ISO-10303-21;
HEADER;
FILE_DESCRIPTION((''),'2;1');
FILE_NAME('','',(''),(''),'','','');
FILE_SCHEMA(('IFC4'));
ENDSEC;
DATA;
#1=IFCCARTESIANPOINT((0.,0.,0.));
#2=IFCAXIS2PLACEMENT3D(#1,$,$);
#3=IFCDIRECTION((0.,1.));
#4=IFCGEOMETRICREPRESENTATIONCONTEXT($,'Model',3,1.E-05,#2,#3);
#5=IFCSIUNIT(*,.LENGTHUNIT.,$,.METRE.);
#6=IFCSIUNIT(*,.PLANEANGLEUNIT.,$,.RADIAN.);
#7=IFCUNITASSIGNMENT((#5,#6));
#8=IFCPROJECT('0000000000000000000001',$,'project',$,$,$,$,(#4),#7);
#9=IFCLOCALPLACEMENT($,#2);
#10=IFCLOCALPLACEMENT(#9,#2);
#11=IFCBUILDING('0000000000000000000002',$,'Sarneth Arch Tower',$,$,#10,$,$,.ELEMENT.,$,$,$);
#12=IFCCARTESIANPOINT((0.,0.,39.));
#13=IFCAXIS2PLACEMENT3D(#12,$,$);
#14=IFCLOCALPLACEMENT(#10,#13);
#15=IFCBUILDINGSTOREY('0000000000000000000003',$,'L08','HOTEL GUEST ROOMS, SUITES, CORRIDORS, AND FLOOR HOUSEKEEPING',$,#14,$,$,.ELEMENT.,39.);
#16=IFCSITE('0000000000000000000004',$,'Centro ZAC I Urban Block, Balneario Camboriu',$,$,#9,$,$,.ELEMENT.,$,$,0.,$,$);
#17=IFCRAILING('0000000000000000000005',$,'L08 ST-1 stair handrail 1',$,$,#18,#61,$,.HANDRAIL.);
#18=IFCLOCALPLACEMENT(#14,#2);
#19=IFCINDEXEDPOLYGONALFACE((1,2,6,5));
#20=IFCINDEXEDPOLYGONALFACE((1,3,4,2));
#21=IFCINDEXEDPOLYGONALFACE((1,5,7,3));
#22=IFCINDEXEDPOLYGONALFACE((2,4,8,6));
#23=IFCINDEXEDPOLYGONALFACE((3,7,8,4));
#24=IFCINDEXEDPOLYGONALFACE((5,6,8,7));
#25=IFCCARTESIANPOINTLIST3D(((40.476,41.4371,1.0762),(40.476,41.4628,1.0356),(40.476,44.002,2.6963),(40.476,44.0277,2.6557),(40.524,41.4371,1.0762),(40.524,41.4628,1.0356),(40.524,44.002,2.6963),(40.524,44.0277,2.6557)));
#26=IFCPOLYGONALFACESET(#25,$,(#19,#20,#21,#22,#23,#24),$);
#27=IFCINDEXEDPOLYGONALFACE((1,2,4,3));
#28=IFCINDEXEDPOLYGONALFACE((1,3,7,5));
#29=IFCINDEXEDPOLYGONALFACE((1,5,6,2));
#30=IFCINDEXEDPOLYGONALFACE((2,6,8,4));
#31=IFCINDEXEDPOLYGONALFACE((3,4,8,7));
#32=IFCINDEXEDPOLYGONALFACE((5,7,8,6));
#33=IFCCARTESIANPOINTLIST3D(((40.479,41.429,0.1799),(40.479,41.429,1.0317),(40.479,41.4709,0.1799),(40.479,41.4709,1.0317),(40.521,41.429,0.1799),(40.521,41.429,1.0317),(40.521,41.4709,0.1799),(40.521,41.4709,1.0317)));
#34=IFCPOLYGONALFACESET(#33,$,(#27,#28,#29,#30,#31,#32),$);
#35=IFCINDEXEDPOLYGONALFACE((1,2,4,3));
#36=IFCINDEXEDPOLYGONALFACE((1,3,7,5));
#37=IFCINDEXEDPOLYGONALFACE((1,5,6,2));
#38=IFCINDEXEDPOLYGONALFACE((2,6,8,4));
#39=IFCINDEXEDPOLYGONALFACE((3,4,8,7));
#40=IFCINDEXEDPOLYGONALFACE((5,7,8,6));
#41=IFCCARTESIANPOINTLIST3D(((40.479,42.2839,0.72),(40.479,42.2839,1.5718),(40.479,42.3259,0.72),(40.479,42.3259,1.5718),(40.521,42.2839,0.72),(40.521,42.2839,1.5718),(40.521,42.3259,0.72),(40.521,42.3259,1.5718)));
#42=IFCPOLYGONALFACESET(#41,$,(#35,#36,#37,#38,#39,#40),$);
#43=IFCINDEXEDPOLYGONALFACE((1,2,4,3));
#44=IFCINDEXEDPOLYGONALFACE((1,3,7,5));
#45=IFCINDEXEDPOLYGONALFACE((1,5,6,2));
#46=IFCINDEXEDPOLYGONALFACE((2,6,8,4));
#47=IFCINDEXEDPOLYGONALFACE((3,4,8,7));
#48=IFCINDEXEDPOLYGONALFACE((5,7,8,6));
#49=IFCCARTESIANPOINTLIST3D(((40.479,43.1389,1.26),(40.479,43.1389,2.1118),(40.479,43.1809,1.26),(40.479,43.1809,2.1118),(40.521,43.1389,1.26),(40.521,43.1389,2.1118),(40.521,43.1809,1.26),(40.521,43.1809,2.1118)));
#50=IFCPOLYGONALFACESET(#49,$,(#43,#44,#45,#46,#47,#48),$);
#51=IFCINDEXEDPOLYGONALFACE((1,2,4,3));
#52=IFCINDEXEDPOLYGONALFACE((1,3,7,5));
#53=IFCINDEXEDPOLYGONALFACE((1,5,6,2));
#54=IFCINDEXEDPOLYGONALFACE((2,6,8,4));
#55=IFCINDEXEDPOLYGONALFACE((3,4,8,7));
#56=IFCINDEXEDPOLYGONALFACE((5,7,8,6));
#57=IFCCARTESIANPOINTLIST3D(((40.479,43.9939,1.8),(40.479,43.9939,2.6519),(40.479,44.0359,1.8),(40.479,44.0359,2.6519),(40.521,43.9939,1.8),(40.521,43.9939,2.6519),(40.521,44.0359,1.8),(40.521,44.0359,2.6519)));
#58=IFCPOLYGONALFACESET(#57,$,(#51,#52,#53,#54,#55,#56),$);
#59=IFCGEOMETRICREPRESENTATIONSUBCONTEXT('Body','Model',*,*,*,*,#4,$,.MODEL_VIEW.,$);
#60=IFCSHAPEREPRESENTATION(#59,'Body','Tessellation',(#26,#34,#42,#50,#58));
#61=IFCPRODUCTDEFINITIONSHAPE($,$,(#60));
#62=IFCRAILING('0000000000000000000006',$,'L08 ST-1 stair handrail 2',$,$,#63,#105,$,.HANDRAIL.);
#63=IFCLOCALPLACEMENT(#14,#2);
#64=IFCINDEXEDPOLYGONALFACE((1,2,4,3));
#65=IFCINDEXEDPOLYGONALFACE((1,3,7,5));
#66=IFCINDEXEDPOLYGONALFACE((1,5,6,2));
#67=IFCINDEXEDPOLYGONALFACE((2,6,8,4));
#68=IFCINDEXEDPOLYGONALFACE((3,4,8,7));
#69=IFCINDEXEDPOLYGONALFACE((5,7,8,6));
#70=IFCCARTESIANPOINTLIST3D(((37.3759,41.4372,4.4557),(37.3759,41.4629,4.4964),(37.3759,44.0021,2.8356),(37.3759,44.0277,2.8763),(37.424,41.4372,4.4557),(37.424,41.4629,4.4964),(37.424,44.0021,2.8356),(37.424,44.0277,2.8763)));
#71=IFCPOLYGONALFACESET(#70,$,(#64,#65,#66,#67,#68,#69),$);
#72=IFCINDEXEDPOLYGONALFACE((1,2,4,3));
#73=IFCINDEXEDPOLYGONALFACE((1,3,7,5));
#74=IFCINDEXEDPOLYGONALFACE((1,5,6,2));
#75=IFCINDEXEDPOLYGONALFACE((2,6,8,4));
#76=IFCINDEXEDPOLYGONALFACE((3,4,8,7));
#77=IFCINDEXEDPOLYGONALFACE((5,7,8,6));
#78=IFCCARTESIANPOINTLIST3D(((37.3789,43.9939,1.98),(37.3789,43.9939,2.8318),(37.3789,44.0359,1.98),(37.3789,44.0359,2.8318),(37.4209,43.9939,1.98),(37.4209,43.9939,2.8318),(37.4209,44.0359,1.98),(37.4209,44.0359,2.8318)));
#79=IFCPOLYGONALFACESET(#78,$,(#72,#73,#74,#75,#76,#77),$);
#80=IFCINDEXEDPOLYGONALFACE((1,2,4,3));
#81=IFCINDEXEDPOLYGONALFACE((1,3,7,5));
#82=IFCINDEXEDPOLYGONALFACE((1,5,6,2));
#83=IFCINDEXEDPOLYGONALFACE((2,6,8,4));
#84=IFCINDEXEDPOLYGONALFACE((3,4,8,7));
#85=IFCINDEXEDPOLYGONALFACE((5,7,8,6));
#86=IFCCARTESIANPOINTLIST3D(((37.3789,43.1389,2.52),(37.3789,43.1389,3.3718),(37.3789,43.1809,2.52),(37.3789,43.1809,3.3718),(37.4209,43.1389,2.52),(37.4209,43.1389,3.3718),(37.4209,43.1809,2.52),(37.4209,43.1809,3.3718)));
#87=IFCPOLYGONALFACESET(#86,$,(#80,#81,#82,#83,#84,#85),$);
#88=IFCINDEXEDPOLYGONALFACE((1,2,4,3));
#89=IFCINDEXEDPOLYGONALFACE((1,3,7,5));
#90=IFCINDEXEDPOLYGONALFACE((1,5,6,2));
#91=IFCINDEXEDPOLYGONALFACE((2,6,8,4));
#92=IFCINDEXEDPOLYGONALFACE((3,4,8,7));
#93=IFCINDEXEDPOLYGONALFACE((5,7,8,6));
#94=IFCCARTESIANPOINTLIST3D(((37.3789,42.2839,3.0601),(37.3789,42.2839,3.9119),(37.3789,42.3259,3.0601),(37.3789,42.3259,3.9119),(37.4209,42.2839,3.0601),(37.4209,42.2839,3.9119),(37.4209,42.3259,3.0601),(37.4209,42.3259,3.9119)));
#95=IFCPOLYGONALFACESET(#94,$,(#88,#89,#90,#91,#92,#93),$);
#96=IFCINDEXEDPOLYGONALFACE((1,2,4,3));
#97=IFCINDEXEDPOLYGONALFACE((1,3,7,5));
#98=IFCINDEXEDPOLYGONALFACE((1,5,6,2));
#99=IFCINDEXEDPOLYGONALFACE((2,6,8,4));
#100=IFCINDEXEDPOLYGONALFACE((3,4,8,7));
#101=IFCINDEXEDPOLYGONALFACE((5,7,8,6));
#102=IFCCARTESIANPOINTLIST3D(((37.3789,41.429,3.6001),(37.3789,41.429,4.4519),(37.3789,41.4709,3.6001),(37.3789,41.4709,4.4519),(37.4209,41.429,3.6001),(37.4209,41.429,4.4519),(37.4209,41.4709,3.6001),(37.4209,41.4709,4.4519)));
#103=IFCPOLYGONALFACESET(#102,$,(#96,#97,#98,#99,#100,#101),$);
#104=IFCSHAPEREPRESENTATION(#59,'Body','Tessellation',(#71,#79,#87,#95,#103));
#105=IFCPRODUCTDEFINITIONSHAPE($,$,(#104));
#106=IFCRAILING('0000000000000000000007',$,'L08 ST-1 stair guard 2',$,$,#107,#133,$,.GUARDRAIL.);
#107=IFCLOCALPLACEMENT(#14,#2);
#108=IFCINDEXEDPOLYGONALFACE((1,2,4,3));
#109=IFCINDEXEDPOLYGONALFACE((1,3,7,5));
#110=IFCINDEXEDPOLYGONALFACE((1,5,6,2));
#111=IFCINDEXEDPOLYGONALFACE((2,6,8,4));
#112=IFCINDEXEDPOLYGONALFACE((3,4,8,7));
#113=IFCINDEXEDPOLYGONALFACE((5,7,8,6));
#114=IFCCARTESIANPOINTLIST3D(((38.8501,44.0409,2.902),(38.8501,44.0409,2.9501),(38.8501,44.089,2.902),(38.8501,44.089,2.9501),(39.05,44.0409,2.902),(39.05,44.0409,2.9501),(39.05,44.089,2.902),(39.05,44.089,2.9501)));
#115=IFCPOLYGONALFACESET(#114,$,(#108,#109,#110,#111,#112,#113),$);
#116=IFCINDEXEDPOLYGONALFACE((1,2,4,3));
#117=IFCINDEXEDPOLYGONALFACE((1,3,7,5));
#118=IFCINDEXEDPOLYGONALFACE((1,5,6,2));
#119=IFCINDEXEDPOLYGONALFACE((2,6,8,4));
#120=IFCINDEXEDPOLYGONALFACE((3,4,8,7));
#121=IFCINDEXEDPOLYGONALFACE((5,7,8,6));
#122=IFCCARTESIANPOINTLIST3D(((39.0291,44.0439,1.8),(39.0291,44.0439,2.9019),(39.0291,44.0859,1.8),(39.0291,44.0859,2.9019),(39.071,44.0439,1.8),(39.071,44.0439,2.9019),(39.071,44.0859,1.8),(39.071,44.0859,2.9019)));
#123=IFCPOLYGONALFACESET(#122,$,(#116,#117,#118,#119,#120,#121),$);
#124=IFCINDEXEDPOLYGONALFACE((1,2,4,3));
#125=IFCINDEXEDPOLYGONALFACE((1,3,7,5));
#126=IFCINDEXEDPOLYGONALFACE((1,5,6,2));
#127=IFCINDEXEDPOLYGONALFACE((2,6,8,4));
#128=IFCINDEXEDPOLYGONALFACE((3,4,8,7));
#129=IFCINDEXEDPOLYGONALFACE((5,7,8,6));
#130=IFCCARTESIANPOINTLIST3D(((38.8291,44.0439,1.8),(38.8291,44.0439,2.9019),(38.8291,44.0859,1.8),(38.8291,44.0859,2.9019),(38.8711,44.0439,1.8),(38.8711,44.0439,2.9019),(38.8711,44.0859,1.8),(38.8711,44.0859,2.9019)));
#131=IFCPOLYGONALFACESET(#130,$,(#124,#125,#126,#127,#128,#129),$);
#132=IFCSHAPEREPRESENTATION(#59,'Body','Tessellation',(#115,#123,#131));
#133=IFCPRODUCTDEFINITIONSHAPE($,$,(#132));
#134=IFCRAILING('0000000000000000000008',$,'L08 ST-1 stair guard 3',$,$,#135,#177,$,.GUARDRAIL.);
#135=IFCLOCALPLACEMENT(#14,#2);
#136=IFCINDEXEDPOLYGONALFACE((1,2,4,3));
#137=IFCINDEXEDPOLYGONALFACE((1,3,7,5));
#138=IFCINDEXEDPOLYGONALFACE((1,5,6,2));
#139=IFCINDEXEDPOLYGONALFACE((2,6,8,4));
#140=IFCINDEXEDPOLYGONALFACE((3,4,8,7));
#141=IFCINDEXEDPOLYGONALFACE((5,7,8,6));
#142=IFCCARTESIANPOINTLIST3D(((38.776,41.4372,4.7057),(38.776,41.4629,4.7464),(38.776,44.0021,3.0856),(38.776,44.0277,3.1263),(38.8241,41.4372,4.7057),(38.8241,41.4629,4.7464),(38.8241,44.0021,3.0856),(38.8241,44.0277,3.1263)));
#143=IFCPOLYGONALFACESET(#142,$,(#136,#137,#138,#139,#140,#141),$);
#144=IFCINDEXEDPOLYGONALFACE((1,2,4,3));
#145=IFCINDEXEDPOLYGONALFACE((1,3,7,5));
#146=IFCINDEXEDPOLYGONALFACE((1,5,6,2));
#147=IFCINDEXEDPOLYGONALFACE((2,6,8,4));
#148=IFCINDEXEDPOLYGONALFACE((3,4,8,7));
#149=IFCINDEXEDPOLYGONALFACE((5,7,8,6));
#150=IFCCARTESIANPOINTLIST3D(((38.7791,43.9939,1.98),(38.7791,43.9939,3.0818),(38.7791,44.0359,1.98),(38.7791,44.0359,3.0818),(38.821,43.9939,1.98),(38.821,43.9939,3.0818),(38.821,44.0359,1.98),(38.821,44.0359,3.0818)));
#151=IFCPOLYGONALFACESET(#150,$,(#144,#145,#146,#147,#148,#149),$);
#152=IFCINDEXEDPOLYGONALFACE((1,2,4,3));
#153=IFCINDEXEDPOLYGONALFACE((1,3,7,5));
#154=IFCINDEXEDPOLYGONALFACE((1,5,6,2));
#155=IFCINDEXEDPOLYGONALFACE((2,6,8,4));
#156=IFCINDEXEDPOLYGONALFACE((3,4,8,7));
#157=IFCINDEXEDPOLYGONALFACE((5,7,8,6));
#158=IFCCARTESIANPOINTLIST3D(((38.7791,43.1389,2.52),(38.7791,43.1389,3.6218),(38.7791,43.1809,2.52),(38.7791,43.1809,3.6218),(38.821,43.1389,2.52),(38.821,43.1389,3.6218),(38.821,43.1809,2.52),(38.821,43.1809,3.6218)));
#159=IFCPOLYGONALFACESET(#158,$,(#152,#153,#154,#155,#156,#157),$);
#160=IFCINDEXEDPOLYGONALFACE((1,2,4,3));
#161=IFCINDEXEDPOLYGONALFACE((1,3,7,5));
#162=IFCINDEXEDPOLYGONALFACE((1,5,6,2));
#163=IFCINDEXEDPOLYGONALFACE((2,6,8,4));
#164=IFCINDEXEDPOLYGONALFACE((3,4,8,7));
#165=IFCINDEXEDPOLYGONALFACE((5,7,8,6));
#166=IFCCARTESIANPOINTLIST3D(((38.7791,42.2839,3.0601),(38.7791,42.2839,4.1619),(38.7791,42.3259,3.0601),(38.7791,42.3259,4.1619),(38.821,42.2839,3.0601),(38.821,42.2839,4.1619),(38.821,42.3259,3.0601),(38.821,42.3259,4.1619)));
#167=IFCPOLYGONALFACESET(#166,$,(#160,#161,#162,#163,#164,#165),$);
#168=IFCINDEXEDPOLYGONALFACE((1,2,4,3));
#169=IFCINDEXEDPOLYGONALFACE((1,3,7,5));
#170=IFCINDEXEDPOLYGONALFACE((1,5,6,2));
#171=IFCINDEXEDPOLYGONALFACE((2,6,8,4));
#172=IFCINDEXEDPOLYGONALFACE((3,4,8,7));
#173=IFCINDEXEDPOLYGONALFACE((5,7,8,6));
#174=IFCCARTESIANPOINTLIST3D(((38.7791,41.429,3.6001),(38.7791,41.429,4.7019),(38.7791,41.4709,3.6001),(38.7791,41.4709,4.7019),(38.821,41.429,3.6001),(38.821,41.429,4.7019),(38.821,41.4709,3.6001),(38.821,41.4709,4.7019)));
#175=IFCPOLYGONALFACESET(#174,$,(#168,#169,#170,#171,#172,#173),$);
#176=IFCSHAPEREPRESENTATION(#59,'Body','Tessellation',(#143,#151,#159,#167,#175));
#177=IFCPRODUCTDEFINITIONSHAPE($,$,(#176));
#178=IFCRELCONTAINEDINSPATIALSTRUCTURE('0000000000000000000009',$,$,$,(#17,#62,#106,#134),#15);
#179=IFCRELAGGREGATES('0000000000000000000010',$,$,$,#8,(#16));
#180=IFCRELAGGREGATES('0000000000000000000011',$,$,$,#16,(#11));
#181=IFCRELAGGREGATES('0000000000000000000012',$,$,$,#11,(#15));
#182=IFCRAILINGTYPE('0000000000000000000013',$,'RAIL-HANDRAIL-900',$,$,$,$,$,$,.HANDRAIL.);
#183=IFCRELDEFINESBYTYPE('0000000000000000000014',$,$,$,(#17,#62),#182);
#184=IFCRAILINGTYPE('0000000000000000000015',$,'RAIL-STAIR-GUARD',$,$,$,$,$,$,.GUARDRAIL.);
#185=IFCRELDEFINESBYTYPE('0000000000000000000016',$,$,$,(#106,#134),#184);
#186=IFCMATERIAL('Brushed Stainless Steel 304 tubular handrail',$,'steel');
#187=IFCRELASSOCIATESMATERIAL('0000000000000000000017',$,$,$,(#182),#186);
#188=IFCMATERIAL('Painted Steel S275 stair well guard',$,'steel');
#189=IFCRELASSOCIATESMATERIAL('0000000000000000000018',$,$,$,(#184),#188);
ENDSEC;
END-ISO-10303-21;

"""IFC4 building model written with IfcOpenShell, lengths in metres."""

from ifc_helpers import new_model, si_unit, direction, frame, origin, origin_2d, place, context, subcontext, project, spatial, rectangle, extrude, material, type_object, element, save


model = new_model("IFC4")

# Units and contexts
model_context = context("Model", 3, precision=1e-05, world=origin(), true_north=direction((0.0, 1.0)))
body_context = subcontext(model_context, "Body", "Model", "MODEL_VIEW")
ifc_project = project(units=[si_unit("LENGTHUNIT", "METRE"), si_unit("PLANEANGLEUNIT", "RADIAN")], contexts=[model_context])

# Site, building, storey
site_placement = place(None, origin())
site = spatial("IfcSite", under=ifc_project, at=site_placement, Name="Centro ZAC I Urban Block, Balneario Camboriu", CompositionType="ELEMENT", RefElevation=0.0)
building_placement = place(site_placement, origin())
building = spatial("IfcBuilding", under=site, at=building_placement, Name="Sarneth Arch Tower", CompositionType="ELEMENT")
storey_placement = place(building_placement, frame((0.0, 0.0, 39.0)))
storey = spatial("IfcBuildingStorey", under=building, at=storey_placement, Name="L08", Description="HOTEL GUEST ROOMS, SUITES, CORRIDORS, AND FLOOR HOUSEKEEPING", CompositionType="ELEMENT", Elevation=39.0)

# Railings
ifc_material_1 = material(Name="Brushed Stainless Steel 304 tubular handrail", Category="steel")
railing_type_1 = type_object("IfcRailingType", Name="RAIL-HANDRAIL-900", PredefinedType="HANDRAIL", material=ifc_material_1)
railing_1_placement = place(storey_placement, frame((40.5, 41.45, 0.1799)))
element("IfcRailing", 1, at=railing_1_placement, inside=storey, type_object=railing_type_1, Name="L08 ST-1 stair handrail 1", PredefinedType="HANDRAIL", context=body_context, shape_type="SweptSolid", body=[
    extrude(rectangle(XDim=0.0481, YDim=0.0481, at=origin_2d()), frame((0.0, 0.0, 0.876), z_axis=(0.0, 0.845466, 0.534029), x_axis=(-1.0, 0.0, 0.0)), (0.0, 0.0, 1.0), 3.0337),
    extrude(rectangle(XDim=0.042, YDim=0.042, at=origin_2d()), origin(), (0.0, 0.0, 1.0), 0.8518),
    extrude(rectangle(XDim=0.042, YDim=0.042, at=origin_2d()), frame((0.0, 0.855, 0.54)), (0.0, 0.0, 1.0), 0.8518),
    extrude(rectangle(XDim=0.042, YDim=0.042, at=origin_2d()), frame((0.0, 1.71, 1.0801)), (0.0, 0.0, 1.0), 0.8518),
    extrude(rectangle(XDim=0.042, YDim=0.042, at=origin_2d()), frame((0.0, 2.5649, 1.6201)), (0.0, 0.0, 1.0), 0.8518),
])
railing_2_placement = place(storey_placement, frame((37.3999, 44.0149, 1.98)))
element("IfcRailing", 2, at=railing_2_placement, inside=storey, type_object=railing_type_1, Name="L08 ST-1 stair handrail 2", PredefinedType="HANDRAIL", context=body_context, shape_type="SweptSolid", body=[
    extrude(rectangle(XDim=0.0481, YDim=0.0481, at=origin_2d()), frame((0.0, 0.0, 0.876), z_axis=(0.0, -0.845466, 0.534029), x_axis=(1.0, 0.0, 0.0)), (0.0, 0.0, 1.0), 3.0337),
    extrude(rectangle(XDim=0.042, YDim=0.042, at=origin_2d()), origin(), (0.0, 0.0, 1.0), 0.8518),
    extrude(rectangle(XDim=0.042, YDim=0.042, at=origin_2d()), frame((0.0, -0.855, 0.54)), (0.0, 0.0, 1.0), 0.8518),
    extrude(rectangle(XDim=0.042, YDim=0.042, at=origin_2d()), frame((0.0, -1.71, 1.0801)), (0.0, 0.0, 1.0), 0.8518),
    extrude(rectangle(XDim=0.042, YDim=0.042, at=origin_2d()), frame((0.0, -2.5649, 1.6201)), (0.0, 0.0, 1.0), 0.8518),
])
ifc_material_2 = material(Name="Painted Steel S275 stair well guard", Category="steel")
railing_type_2 = type_object("IfcRailingType", Name="RAIL-STAIR-GUARD", PredefinedType="GUARDRAIL", material=ifc_material_2)
railing_3_placement = place(storey_placement, frame((39.05, 44.0649, 1.8)))
element("IfcRailing", 3, at=railing_3_placement, inside=storey, type_object=railing_type_2, Name="L08 ST-1 stair guard 2", PredefinedType="GUARDRAIL", context=body_context, shape_type="SweptSolid", body=[
    extrude(rectangle(XDim=0.0481, YDim=0.0481, at=origin_2d()), frame((0.0, 0.0, 1.126), z_axis=(-1.0, 0.0, 0.0), x_axis=(0.0, -1.0, 0.0)), (0.0, 0.0, 1.0), 0.2),
    extrude(rectangle(XDim=0.042, YDim=0.042, at=origin_2d()), origin(), (0.0, 0.0, 1.0), 1.1018),
    extrude(rectangle(XDim=0.042, YDim=0.042, at=origin_2d()), frame((-0.2, 0.0, 0.0)), (0.0, 0.0, 1.0), 1.1018),
])
railing_4_placement = place(storey_placement, frame((38.8, 44.0149, 1.98)))
element("IfcRailing", 4, at=railing_4_placement, inside=storey, type_object=railing_type_2, Name="L08 ST-1 stair guard 3", PredefinedType="GUARDRAIL", context=body_context, shape_type="SweptSolid", body=[
    extrude(rectangle(XDim=0.0481, YDim=0.0481, at=origin_2d()), frame((0.0, 0.0, 1.126), z_axis=(0.0, -0.845466, 0.534029), x_axis=(1.0, 0.0, 0.0)), (0.0, 0.0, 1.0), 3.0337),
    extrude(rectangle(XDim=0.042, YDim=0.042, at=origin_2d()), origin(), (0.0, 0.0, 1.0), 1.1018),
    extrude(rectangle(XDim=0.042, YDim=0.042, at=origin_2d()), frame((0.0, -0.855, 0.54)), (0.0, 0.0, 1.0), 1.1018),
    extrude(rectangle(XDim=0.042, YDim=0.042, at=origin_2d()), frame((0.0, -1.71, 1.0801)), (0.0, 0.0, 1.0), 1.1018),
    extrude(rectangle(XDim=0.042, YDim=0.042, at=origin_2d()), frame((0.0, -2.5649, 1.6201)), (0.0, 0.0, 1.0), 1.1018),
])

save(model, "model.ifc")
